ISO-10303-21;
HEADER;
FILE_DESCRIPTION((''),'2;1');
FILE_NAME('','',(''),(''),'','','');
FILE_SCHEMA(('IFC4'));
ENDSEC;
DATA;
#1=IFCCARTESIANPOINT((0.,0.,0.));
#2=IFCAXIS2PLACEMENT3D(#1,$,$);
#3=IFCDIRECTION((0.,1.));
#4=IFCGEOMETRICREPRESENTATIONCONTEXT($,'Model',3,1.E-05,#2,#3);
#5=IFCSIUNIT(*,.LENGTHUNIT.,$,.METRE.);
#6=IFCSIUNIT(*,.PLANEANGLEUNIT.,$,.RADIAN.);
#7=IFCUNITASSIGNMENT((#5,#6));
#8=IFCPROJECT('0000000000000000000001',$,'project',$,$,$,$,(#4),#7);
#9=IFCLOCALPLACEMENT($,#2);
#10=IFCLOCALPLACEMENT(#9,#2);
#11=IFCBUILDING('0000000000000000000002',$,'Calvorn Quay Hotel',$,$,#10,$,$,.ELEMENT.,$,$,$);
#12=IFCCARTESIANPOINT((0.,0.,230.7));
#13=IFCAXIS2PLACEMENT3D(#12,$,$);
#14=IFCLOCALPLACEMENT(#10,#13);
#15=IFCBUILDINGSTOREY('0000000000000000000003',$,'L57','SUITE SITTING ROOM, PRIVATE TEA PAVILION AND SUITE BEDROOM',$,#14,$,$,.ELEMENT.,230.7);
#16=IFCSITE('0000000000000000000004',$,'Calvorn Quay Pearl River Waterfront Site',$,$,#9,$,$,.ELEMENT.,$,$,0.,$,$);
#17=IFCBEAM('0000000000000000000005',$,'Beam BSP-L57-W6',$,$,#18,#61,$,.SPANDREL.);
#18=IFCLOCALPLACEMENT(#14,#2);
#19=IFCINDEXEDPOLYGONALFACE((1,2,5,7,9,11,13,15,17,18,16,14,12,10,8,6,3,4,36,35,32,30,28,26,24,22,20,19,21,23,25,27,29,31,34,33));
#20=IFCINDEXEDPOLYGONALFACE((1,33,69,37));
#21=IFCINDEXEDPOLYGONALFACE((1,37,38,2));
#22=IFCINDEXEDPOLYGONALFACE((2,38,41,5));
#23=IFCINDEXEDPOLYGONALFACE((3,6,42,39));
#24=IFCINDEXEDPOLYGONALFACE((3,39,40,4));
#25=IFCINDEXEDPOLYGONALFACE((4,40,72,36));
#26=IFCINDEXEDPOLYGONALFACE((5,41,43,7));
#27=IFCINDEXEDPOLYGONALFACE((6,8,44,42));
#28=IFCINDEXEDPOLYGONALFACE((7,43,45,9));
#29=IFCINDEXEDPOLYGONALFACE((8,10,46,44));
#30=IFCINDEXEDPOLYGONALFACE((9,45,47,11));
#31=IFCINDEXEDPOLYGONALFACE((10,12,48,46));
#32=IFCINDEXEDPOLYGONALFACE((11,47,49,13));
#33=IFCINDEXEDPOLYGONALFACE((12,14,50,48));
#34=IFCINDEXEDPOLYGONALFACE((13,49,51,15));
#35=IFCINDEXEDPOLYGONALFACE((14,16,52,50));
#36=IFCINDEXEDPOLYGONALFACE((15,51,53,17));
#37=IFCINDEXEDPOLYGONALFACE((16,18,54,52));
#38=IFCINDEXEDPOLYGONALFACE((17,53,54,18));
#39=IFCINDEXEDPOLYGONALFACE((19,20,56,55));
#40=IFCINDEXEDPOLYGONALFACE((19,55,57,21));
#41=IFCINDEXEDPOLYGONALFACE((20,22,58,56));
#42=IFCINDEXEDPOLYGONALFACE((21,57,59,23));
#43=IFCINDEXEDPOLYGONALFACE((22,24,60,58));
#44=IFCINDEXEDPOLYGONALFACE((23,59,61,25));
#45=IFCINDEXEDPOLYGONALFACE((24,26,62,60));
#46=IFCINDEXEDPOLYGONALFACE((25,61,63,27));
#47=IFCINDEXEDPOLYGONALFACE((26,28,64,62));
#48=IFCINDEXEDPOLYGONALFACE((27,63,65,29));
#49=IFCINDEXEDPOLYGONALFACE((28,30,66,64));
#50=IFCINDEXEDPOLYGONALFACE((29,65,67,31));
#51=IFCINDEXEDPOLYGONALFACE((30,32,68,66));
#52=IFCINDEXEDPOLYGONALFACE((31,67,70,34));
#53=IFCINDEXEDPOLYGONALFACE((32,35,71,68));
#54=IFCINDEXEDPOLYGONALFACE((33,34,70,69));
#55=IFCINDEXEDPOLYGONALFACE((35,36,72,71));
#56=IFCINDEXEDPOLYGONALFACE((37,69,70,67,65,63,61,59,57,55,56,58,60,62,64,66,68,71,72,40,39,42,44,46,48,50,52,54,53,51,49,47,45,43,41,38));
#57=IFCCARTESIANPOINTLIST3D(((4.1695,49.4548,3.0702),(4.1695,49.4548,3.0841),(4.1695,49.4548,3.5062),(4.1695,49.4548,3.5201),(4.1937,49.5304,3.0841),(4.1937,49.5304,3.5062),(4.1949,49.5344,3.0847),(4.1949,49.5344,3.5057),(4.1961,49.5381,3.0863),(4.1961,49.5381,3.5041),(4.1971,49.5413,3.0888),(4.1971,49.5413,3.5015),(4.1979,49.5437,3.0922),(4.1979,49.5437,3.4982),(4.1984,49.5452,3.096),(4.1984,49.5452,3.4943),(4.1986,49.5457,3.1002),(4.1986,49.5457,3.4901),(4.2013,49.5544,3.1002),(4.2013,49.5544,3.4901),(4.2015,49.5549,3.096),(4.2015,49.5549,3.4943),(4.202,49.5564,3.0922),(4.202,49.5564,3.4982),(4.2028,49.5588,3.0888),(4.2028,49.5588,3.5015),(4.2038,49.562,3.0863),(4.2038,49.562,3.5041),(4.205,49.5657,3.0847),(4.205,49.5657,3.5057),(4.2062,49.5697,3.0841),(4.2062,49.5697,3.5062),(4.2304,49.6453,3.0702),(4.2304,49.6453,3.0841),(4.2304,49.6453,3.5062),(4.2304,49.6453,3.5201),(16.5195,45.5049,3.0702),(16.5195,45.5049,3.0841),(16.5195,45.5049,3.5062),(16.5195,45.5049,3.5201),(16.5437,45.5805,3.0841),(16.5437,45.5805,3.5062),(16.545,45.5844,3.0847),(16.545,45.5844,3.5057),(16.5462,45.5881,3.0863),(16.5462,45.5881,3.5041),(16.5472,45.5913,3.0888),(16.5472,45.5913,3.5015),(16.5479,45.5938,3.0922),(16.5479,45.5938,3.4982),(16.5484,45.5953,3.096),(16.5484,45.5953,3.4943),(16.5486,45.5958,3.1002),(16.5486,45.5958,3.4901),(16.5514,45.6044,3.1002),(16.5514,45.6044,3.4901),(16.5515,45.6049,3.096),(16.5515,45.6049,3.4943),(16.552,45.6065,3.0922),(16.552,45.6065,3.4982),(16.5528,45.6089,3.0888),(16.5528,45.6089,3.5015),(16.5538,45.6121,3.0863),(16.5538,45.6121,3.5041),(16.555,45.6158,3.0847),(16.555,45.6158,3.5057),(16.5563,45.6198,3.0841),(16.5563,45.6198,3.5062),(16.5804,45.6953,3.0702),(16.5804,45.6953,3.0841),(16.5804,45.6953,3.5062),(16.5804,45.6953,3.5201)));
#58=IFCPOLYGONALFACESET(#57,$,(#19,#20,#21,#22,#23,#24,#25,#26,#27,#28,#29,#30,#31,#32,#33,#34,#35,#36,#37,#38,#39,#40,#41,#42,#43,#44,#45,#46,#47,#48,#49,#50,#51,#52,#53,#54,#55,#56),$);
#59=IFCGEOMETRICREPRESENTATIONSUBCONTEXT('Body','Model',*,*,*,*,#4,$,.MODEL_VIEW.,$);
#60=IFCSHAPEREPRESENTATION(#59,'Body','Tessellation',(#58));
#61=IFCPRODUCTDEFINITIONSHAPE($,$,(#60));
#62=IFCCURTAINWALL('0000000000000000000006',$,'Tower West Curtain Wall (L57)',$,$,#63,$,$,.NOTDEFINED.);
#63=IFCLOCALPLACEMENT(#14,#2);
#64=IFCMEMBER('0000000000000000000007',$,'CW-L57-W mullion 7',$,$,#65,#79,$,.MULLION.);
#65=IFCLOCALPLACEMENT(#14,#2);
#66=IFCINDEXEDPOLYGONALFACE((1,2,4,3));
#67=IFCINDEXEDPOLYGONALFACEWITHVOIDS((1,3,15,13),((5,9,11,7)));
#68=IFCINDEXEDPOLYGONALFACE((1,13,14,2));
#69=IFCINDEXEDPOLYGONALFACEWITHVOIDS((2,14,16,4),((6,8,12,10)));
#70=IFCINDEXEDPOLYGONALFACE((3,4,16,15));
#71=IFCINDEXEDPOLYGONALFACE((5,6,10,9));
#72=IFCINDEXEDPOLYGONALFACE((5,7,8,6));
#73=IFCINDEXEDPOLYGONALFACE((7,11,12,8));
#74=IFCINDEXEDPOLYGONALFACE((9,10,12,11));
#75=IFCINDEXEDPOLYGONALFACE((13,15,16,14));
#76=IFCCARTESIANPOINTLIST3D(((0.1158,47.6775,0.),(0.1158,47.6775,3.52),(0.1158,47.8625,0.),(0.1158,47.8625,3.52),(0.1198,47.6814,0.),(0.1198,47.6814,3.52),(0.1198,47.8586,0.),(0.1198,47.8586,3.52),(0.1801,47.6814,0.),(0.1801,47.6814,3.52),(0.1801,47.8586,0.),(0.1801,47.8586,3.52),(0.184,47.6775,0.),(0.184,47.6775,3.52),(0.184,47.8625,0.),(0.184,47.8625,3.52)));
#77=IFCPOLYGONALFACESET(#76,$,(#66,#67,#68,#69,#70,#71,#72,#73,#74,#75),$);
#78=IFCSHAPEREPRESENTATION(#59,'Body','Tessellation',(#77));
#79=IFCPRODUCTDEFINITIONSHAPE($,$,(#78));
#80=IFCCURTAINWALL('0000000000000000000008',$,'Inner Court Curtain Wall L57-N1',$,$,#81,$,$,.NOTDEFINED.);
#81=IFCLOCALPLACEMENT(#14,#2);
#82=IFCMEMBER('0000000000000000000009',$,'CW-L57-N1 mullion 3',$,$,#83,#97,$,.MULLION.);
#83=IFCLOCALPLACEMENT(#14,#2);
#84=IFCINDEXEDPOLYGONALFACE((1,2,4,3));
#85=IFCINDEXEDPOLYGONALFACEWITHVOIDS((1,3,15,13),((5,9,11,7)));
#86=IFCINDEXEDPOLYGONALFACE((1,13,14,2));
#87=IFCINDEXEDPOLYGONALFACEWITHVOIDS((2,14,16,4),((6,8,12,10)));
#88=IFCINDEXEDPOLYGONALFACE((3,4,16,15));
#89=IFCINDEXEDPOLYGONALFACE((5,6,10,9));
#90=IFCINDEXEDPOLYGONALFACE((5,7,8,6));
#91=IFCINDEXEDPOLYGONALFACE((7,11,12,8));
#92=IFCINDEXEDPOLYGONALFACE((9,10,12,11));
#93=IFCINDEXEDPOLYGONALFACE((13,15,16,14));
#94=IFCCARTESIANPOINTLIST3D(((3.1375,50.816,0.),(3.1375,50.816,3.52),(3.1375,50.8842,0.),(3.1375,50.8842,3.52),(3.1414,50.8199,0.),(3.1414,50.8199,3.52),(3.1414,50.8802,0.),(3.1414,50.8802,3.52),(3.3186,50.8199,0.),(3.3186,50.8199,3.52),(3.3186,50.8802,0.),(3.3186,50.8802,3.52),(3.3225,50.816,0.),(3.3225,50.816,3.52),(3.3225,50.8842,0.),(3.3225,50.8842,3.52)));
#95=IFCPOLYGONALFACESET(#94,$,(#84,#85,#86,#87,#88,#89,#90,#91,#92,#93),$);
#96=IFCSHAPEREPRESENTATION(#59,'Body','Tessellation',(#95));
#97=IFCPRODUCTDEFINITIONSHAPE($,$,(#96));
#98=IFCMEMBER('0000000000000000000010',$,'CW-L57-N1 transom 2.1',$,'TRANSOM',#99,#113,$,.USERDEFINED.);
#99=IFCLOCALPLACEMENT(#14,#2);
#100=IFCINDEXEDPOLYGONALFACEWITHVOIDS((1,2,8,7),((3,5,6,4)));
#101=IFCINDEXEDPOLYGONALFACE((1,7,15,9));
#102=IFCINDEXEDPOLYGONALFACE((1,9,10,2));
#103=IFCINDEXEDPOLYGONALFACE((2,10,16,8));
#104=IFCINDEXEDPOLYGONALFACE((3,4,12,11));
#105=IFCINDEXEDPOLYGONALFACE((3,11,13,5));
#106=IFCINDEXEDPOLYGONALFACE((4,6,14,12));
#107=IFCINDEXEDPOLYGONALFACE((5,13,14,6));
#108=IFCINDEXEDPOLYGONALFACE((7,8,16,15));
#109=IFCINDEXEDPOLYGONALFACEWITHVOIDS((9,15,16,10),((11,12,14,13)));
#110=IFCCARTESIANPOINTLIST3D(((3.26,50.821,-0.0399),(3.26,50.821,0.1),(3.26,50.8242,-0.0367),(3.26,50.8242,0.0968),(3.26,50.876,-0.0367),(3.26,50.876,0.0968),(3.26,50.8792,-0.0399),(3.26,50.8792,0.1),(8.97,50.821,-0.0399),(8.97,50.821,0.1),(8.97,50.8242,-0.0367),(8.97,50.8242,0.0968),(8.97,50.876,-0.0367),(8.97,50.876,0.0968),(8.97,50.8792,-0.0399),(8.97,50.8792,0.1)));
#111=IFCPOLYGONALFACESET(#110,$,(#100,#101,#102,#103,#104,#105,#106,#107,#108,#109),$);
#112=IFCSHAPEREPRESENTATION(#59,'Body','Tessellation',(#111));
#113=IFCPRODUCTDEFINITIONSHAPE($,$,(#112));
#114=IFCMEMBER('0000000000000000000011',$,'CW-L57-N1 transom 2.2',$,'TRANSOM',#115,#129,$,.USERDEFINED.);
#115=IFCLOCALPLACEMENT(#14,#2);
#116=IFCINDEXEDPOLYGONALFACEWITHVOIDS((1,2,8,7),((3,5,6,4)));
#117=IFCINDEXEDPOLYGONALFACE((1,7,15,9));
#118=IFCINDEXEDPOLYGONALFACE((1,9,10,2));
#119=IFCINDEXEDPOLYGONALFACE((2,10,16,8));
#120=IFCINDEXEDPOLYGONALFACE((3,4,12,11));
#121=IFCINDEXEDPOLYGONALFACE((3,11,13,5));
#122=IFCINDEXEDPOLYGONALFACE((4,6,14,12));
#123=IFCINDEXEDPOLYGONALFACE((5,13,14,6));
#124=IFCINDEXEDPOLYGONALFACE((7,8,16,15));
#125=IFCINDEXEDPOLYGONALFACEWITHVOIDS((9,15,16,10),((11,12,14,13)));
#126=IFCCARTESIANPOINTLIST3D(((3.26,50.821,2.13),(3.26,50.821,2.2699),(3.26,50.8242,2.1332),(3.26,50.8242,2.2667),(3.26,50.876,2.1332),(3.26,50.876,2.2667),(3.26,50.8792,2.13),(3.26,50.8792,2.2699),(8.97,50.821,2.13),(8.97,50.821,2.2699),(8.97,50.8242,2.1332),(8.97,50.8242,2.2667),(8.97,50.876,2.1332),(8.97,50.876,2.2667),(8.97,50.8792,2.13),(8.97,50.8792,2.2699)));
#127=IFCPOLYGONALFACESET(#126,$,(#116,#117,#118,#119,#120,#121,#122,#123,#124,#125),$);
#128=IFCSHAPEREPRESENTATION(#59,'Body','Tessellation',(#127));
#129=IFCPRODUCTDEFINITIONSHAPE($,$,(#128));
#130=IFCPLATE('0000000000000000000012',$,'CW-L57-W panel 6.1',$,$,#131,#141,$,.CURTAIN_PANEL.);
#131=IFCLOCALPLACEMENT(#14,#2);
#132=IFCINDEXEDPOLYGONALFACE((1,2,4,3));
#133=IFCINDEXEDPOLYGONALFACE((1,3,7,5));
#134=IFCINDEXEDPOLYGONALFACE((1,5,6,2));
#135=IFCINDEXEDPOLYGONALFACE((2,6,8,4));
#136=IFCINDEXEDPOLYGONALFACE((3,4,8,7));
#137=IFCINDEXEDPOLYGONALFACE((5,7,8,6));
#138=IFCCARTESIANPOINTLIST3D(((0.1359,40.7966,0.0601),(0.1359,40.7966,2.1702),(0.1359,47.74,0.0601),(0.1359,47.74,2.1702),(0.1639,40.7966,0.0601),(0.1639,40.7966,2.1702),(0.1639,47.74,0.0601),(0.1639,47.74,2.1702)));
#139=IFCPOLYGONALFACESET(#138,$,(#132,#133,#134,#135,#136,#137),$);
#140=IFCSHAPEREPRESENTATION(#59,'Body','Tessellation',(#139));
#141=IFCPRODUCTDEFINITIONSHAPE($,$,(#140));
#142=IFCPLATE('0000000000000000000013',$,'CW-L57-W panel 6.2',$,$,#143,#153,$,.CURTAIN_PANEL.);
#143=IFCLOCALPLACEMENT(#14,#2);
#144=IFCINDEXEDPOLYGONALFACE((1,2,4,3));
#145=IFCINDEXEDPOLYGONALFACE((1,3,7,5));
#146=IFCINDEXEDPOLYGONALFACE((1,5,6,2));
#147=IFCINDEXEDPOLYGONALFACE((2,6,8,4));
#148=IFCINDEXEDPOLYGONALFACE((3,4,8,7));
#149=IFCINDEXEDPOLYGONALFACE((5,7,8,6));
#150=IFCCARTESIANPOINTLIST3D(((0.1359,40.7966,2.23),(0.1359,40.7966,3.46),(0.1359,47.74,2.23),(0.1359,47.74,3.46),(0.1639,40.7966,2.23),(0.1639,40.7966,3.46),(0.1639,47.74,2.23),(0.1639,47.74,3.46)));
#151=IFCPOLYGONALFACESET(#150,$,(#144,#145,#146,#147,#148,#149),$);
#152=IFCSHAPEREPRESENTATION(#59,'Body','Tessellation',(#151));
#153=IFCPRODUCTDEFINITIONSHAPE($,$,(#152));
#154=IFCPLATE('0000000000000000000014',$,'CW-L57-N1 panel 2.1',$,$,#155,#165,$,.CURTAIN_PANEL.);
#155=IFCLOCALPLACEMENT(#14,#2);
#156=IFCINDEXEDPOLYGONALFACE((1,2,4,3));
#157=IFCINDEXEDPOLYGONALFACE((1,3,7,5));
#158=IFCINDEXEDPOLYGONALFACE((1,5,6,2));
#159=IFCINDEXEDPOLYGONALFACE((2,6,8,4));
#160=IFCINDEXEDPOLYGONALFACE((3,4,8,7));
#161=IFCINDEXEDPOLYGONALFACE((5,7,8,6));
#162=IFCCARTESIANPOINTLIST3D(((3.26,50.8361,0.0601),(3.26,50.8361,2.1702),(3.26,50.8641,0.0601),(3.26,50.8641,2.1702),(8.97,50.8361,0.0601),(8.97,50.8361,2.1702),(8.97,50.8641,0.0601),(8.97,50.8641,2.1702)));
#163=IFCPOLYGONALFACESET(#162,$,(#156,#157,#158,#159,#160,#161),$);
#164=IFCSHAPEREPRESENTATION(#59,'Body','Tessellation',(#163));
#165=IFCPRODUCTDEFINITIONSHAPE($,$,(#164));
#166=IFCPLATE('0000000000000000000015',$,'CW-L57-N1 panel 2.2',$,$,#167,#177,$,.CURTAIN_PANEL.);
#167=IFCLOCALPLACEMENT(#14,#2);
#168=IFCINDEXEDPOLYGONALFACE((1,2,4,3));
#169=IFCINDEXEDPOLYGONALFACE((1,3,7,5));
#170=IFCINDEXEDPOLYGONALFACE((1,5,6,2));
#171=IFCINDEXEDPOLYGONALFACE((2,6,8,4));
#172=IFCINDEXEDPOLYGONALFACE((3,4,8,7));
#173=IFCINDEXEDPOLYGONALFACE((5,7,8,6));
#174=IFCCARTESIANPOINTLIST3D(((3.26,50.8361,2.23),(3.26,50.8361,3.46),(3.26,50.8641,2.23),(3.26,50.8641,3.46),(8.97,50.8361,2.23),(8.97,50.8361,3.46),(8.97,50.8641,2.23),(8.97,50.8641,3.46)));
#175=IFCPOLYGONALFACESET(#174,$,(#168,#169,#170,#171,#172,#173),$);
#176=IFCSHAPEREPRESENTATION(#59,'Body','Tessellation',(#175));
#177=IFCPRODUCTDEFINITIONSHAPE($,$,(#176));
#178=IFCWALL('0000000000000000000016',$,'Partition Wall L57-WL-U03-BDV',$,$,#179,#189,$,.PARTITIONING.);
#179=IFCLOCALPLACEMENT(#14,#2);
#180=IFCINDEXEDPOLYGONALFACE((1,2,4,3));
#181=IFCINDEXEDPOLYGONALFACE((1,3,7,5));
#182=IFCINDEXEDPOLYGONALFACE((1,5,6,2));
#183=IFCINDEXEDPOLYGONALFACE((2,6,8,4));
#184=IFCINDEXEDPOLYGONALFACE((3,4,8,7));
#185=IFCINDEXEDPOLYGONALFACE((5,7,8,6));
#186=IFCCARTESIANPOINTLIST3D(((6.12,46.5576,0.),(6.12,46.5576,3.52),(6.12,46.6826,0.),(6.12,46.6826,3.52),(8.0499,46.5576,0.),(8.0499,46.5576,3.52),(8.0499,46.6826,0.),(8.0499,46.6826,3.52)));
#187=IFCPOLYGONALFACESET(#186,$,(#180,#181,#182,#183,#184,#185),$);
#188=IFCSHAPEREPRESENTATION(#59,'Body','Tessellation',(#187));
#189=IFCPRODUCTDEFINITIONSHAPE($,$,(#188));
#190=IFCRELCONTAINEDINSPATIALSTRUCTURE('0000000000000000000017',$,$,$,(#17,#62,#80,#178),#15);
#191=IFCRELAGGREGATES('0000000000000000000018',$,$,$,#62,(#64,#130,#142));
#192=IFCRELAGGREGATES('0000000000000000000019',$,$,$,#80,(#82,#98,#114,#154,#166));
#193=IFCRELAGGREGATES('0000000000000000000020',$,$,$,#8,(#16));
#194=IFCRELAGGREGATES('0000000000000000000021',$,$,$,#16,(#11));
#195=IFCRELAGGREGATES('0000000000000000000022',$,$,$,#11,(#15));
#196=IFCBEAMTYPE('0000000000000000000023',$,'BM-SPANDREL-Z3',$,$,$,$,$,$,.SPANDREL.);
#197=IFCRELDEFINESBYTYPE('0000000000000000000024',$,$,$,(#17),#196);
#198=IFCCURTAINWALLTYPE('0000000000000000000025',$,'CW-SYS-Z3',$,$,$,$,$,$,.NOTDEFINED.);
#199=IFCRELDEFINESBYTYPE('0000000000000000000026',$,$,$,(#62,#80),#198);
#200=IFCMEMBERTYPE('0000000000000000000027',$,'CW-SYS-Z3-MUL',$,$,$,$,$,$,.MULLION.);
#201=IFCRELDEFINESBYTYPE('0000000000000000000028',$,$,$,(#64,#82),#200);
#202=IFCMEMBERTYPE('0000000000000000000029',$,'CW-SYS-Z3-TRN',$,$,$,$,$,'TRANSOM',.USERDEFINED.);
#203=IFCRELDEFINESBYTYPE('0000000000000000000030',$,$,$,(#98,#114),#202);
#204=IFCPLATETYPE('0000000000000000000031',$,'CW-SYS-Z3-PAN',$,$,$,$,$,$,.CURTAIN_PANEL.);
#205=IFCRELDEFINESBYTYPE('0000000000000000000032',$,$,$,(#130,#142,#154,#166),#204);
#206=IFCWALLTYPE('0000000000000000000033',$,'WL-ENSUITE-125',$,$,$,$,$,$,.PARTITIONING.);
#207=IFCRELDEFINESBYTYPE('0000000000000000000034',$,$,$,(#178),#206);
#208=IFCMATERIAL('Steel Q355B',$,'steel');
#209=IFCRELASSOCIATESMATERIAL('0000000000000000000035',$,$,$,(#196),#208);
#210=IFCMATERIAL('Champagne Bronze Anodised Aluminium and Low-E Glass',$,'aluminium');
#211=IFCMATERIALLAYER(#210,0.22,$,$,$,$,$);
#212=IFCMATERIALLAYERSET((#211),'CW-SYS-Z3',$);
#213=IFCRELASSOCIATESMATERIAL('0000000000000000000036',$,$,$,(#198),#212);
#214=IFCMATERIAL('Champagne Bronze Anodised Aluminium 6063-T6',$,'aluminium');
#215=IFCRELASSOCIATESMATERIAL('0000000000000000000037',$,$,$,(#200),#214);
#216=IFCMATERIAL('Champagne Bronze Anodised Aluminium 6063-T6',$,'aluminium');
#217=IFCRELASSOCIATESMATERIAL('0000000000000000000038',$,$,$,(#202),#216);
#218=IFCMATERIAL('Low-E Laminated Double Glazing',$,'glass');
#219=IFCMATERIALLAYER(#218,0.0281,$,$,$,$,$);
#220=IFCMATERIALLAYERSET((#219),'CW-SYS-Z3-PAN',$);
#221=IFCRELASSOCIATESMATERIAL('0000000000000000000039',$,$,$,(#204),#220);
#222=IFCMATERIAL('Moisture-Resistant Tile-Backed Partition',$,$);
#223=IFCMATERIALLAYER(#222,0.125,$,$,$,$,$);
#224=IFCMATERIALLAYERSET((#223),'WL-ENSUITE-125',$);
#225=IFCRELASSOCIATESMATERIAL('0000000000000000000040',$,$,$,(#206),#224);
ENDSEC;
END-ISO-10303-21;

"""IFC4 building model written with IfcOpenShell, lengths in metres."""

from ifc_helpers import new_model, si_unit, direction, frame, frame_2d, origin, origin_2d, place, context, subcontext, project, spatial, rectangle, hollow_rectangle, i_section, extrude, material, layer, layer_set, material_profile, profile_set, type_object, element, aggregate, save


model = new_model("IFC4")

# Units and contexts
model_context = context("Model", 3, precision=1e-05, world=origin(), true_north=direction((0.0, 1.0)))
body_context = subcontext(model_context, "Body", "Model", "MODEL_VIEW")
ifc_project = project(units=[si_unit("LENGTHUNIT", "METRE"), si_unit("PLANEANGLEUNIT", "RADIAN")], contexts=[model_context])

# Site, building, storey
site_placement = place(None, origin())
site = spatial("IfcSite", under=ifc_project, at=site_placement, Name="Calvorn Quay Pearl River Waterfront Site", CompositionType="ELEMENT", RefElevation=0.0)
building_placement = place(site_placement, origin())
building = spatial("IfcBuilding", under=site, at=building_placement, Name="Calvorn Quay Hotel", CompositionType="ELEMENT")
storey_placement = place(building_placement, frame((0.0, 0.0, 230.7)))
storey = spatial("IfcBuildingStorey", under=building, at=storey_placement, Name="L57", Description="SUITE SITTING ROOM, PRIVATE TEA PAVILION AND SUITE BEDROOM", CompositionType="ELEMENT", Elevation=230.7)

# Beam
ifc_material_1 = material(Name="Steel Q355B", Category="steel")
ifc_material_profile_1 = material_profile(ifc_material_1, i_section(OverallWidth=0.2, OverallDepth=0.45, WebThickness=0.009, FlangeThickness=0.0139, FilletRadius=0.0161, at=origin_2d()), Name="HN450x200x9x14")
ifc_profile_set_1 = profile_set([ifc_material_profile_1], Name="Steel Q355B")
beam_type_1 = type_object("IfcBeamType", Name="BM-SPANDREL-Z3", PredefinedType="SPANDREL", material=ifc_profile_set_1)
beam_1_placement = place(storey_placement, frame((4.2, 49.55, 3.2952), z_axis=(0.952471, -0.30463, 0.0), x_axis=(0.30463, 0.952471, 0.0)))
element("IfcBeam", 1, at=beam_1_placement, inside=storey, type_object=beam_type_1, Name="Beam BSP-L57-W6", PredefinedType="SPANDREL", context=body_context, shape_type="SweptSolid", body=[
    extrude(i_section(OverallWidth=0.2, OverallDepth=0.45, WebThickness=0.009, FlangeThickness=0.0139, FilletRadius=0.0161, at=origin_2d()), origin(), (0.0, 0.0, 1.0), 12.9663),
])

# Curtain wall, member
ifc_material_2 = material(Name="Champagne Bronze Anodised Aluminium and Low-E Glass", Category="aluminium")
ifc_layer_1 = layer(ifc_material_2, 0.22)
ifc_layer_set_1 = layer_set([ifc_layer_1], Name="CW-SYS-Z3")
curtain_wall_type = type_object("IfcCurtainWallType", Name="CW-SYS-Z3", PredefinedType="NOTDEFINED", material=ifc_layer_set_1)
curtain_wall_1_placement = place(storey_placement, origin())
curtain_wall_1 = element("IfcCurtainWall", 2, at=curtain_wall_1_placement, inside=storey, type_object=curtain_wall_type, Name="Tower West Curtain Wall (L57)", PredefinedType="NOTDEFINED")
ifc_material_3 = material(Name="Champagne Bronze Anodised Aluminium 6063-T6", Category="aluminium")
ifc_material_profile_2 = material_profile(ifc_material_3, hollow_rectangle(XDim=0.0681, YDim=0.1851, WallThickness=0.0039, at=origin_2d()), Name="ALU-M185x68x4")
ifc_profile_set_2 = profile_set([ifc_material_profile_2], Name="Champagne Bronze Anodised Aluminium 6063-T6")
member_type_1 = type_object("IfcMemberType", Name="CW-SYS-Z3-MUL", PredefinedType="MULLION", material=ifc_profile_set_2)
member_1_placement = place(storey_placement, frame((0.1499, 47.77, 0.0), z_axis=(0.0, 0.0, 1.0), x_axis=(-1.0, 0.0, 0.0)))
member_1 = element("IfcMember", 3, at=member_1_placement, type_object=member_type_1, Name="CW-L57-W mullion 7", PredefinedType="MULLION", context=body_context, shape_type="SweptSolid", body=[
    extrude(hollow_rectangle(XDim=0.0681, YDim=0.1851, WallThickness=0.0039, at=origin_2d()), origin(), (0.0, 0.0, 1.0), 3.52),
])

# Curtain wall, members
curtain_wall_2_placement = place(storey_placement, origin())
curtain_wall_2 = element("IfcCurtainWall", 4, at=curtain_wall_2_placement, inside=storey, type_object=curtain_wall_type, Name="Inner Court Curtain Wall L57-N1", PredefinedType="NOTDEFINED")
member_2_placement = place(storey_placement, frame((3.23, 50.8501, 0.0), z_axis=(0.0, 0.0, 1.0), x_axis=(0.0, -1.0, 0.0)))
member_2 = element("IfcMember", 5, at=member_2_placement, type_object=member_type_1, Name="CW-L57-N1 mullion 3", PredefinedType="MULLION", context=body_context, shape_type="SweptSolid", body=[
    extrude(hollow_rectangle(XDim=0.0681, YDim=0.1851, WallThickness=0.0039, at=origin_2d()), origin(), (0.0, 0.0, 1.0), 3.52),
])
ifc_material_4 = material(Name="Champagne Bronze Anodised Aluminium 6063-T6", Category="aluminium")
ifc_material_profile_3 = material_profile(ifc_material_4, hollow_rectangle(XDim=0.0581, YDim=0.1399, WallThickness=0.0032, at=origin_2d()), Name="ALU-T140x58x3.2")
ifc_profile_set_3 = profile_set([ifc_material_profile_3], Name="Champagne Bronze Anodised Aluminium 6063-T6")
member_type_2 = type_object("IfcMemberType", Name="CW-SYS-Z3-TRN", ElementType="TRANSOM", PredefinedType="USERDEFINED", material=ifc_profile_set_3)
member_3_placement = place(storey_placement, frame((8.97, 50.8501, 0.03), z_axis=(-1.0, 0.0, 0.0), x_axis=(0.0, -1.0, 0.0)))
member_3 = element("IfcMember", 6, at=member_3_placement, type_object=member_type_2, Name="CW-L57-N1 transom 2.1", ObjectType="TRANSOM", PredefinedType="USERDEFINED", context=body_context, shape_type="SweptSolid", body=[
    extrude(hollow_rectangle(XDim=0.0581, YDim=0.1399, WallThickness=0.0032, at=origin_2d()), origin(), (0.0, 0.0, 1.0), 5.71),
])
member_4_placement = place(storey_placement, frame((8.97, 50.8501, 2.2), z_axis=(-1.0, 0.0, 0.0), x_axis=(0.0, -1.0, 0.0)))
member_4 = element("IfcMember", 7, at=member_4_placement, type_object=member_type_2, Name="CW-L57-N1 transom 2.2", ObjectType="TRANSOM", PredefinedType="USERDEFINED", context=body_context, shape_type="SweptSolid", body=[
    extrude(hollow_rectangle(XDim=0.0581, YDim=0.1399, WallThickness=0.0032, at=origin_2d()), origin(), (0.0, 0.0, 1.0), 5.71),
])

# Plates
ifc_material_5 = material(Name="Low-E Laminated Double Glazing", Category="glass")
ifc_layer_2 = layer(ifc_material_5, 0.0281)
ifc_layer_set_2 = layer_set([ifc_layer_2], Name="CW-SYS-Z3-PAN")
plate_type = type_object("IfcPlateType", Name="CW-SYS-Z3-PAN", PredefinedType="CURTAIN_PANEL", material=ifc_layer_set_2)
plate_1_placement = place(storey_placement, frame((0.1499, 44.2683, 0.0601), z_axis=(0.0, 0.0, 1.0), x_axis=(0.0, 1.0, 0.0)))
plate_1 = element("IfcPlate", 8, at=plate_1_placement, type_object=plate_type, Name="CW-L57-W panel 6.1", PredefinedType="CURTAIN_PANEL", context=body_context, shape_type="SweptSolid", body=[
    extrude(rectangle(XDim=6.9434, YDim=0.0281, at=origin_2d()), origin(), (0.0, 0.0, 1.0), 2.1101),
])
plate_2_placement = place(storey_placement, frame((0.1499, 44.2683, 2.23), z_axis=(0.0, 0.0, 1.0), x_axis=(0.0, 1.0, 0.0)))
plate_2 = element("IfcPlate", 9, at=plate_2_placement, type_object=plate_type, Name="CW-L57-W panel 6.2", PredefinedType="CURTAIN_PANEL", context=body_context, shape_type="SweptSolid", body=[
    extrude(rectangle(XDim=6.9434, YDim=0.0281, at=origin_2d()), origin(), (0.0, 0.0, 1.0), 1.23),
])
aggregate(curtain_wall_1, [member_1, plate_1, plate_2])
plate_3_placement = place(storey_placement, frame((6.115, 50.8501, 0.0601), z_axis=(0.0, 0.0, 1.0), x_axis=(-1.0, 0.0, 0.0)))
plate_3 = element("IfcPlate", 10, at=plate_3_placement, type_object=plate_type, Name="CW-L57-N1 panel 2.1", PredefinedType="CURTAIN_PANEL", context=body_context, shape_type="SweptSolid", body=[
    extrude(rectangle(XDim=5.71, YDim=0.0281, at=origin_2d()), origin(), (0.0, 0.0, 1.0), 2.1101),
])
plate_4_placement = place(storey_placement, frame((6.115, 50.8501, 2.23), z_axis=(0.0, 0.0, 1.0), x_axis=(-1.0, 0.0, 0.0)))
plate_4 = element("IfcPlate", 11, at=plate_4_placement, type_object=plate_type, Name="CW-L57-N1 panel 2.2", PredefinedType="CURTAIN_PANEL", context=body_context, shape_type="SweptSolid", body=[
    extrude(rectangle(XDim=5.71, YDim=0.0281, at=origin_2d()), origin(), (0.0, 0.0, 1.0), 1.23),
])
aggregate(curtain_wall_2, [member_2, member_3, member_4, plate_3, plate_4])

# Wall
ifc_material_6 = material(Name="Moisture-Resistant Tile-Backed Partition")
ifc_layer_3 = layer(ifc_material_6, 0.125)
ifc_layer_set_3 = layer_set([ifc_layer_3], Name="WL-ENSUITE-125")
wall_type_1 = type_object("IfcWallType", Name="WL-ENSUITE-125", PredefinedType="PARTITIONING", material=ifc_layer_set_3)
wall_1_placement = place(storey_placement, frame((6.1201, 46.6201, 0.0), z_axis=(0.0, 0.0, 1.0), x_axis=(1.0, 0.0, 0.0)))
element("IfcWall", 12, at=wall_1_placement, inside=storey, type_object=wall_type_1, Name="Partition Wall L57-WL-U03-BDV", PredefinedType="PARTITIONING", context=body_context, shape_type="SweptSolid", body=[
    extrude(rectangle(XDim=1.9299, YDim=0.125, at=frame_2d((0.9648, 0.0))), origin(), (0.0, 0.0, 1.0), 3.52),
])

save(model, "model.ifc")
